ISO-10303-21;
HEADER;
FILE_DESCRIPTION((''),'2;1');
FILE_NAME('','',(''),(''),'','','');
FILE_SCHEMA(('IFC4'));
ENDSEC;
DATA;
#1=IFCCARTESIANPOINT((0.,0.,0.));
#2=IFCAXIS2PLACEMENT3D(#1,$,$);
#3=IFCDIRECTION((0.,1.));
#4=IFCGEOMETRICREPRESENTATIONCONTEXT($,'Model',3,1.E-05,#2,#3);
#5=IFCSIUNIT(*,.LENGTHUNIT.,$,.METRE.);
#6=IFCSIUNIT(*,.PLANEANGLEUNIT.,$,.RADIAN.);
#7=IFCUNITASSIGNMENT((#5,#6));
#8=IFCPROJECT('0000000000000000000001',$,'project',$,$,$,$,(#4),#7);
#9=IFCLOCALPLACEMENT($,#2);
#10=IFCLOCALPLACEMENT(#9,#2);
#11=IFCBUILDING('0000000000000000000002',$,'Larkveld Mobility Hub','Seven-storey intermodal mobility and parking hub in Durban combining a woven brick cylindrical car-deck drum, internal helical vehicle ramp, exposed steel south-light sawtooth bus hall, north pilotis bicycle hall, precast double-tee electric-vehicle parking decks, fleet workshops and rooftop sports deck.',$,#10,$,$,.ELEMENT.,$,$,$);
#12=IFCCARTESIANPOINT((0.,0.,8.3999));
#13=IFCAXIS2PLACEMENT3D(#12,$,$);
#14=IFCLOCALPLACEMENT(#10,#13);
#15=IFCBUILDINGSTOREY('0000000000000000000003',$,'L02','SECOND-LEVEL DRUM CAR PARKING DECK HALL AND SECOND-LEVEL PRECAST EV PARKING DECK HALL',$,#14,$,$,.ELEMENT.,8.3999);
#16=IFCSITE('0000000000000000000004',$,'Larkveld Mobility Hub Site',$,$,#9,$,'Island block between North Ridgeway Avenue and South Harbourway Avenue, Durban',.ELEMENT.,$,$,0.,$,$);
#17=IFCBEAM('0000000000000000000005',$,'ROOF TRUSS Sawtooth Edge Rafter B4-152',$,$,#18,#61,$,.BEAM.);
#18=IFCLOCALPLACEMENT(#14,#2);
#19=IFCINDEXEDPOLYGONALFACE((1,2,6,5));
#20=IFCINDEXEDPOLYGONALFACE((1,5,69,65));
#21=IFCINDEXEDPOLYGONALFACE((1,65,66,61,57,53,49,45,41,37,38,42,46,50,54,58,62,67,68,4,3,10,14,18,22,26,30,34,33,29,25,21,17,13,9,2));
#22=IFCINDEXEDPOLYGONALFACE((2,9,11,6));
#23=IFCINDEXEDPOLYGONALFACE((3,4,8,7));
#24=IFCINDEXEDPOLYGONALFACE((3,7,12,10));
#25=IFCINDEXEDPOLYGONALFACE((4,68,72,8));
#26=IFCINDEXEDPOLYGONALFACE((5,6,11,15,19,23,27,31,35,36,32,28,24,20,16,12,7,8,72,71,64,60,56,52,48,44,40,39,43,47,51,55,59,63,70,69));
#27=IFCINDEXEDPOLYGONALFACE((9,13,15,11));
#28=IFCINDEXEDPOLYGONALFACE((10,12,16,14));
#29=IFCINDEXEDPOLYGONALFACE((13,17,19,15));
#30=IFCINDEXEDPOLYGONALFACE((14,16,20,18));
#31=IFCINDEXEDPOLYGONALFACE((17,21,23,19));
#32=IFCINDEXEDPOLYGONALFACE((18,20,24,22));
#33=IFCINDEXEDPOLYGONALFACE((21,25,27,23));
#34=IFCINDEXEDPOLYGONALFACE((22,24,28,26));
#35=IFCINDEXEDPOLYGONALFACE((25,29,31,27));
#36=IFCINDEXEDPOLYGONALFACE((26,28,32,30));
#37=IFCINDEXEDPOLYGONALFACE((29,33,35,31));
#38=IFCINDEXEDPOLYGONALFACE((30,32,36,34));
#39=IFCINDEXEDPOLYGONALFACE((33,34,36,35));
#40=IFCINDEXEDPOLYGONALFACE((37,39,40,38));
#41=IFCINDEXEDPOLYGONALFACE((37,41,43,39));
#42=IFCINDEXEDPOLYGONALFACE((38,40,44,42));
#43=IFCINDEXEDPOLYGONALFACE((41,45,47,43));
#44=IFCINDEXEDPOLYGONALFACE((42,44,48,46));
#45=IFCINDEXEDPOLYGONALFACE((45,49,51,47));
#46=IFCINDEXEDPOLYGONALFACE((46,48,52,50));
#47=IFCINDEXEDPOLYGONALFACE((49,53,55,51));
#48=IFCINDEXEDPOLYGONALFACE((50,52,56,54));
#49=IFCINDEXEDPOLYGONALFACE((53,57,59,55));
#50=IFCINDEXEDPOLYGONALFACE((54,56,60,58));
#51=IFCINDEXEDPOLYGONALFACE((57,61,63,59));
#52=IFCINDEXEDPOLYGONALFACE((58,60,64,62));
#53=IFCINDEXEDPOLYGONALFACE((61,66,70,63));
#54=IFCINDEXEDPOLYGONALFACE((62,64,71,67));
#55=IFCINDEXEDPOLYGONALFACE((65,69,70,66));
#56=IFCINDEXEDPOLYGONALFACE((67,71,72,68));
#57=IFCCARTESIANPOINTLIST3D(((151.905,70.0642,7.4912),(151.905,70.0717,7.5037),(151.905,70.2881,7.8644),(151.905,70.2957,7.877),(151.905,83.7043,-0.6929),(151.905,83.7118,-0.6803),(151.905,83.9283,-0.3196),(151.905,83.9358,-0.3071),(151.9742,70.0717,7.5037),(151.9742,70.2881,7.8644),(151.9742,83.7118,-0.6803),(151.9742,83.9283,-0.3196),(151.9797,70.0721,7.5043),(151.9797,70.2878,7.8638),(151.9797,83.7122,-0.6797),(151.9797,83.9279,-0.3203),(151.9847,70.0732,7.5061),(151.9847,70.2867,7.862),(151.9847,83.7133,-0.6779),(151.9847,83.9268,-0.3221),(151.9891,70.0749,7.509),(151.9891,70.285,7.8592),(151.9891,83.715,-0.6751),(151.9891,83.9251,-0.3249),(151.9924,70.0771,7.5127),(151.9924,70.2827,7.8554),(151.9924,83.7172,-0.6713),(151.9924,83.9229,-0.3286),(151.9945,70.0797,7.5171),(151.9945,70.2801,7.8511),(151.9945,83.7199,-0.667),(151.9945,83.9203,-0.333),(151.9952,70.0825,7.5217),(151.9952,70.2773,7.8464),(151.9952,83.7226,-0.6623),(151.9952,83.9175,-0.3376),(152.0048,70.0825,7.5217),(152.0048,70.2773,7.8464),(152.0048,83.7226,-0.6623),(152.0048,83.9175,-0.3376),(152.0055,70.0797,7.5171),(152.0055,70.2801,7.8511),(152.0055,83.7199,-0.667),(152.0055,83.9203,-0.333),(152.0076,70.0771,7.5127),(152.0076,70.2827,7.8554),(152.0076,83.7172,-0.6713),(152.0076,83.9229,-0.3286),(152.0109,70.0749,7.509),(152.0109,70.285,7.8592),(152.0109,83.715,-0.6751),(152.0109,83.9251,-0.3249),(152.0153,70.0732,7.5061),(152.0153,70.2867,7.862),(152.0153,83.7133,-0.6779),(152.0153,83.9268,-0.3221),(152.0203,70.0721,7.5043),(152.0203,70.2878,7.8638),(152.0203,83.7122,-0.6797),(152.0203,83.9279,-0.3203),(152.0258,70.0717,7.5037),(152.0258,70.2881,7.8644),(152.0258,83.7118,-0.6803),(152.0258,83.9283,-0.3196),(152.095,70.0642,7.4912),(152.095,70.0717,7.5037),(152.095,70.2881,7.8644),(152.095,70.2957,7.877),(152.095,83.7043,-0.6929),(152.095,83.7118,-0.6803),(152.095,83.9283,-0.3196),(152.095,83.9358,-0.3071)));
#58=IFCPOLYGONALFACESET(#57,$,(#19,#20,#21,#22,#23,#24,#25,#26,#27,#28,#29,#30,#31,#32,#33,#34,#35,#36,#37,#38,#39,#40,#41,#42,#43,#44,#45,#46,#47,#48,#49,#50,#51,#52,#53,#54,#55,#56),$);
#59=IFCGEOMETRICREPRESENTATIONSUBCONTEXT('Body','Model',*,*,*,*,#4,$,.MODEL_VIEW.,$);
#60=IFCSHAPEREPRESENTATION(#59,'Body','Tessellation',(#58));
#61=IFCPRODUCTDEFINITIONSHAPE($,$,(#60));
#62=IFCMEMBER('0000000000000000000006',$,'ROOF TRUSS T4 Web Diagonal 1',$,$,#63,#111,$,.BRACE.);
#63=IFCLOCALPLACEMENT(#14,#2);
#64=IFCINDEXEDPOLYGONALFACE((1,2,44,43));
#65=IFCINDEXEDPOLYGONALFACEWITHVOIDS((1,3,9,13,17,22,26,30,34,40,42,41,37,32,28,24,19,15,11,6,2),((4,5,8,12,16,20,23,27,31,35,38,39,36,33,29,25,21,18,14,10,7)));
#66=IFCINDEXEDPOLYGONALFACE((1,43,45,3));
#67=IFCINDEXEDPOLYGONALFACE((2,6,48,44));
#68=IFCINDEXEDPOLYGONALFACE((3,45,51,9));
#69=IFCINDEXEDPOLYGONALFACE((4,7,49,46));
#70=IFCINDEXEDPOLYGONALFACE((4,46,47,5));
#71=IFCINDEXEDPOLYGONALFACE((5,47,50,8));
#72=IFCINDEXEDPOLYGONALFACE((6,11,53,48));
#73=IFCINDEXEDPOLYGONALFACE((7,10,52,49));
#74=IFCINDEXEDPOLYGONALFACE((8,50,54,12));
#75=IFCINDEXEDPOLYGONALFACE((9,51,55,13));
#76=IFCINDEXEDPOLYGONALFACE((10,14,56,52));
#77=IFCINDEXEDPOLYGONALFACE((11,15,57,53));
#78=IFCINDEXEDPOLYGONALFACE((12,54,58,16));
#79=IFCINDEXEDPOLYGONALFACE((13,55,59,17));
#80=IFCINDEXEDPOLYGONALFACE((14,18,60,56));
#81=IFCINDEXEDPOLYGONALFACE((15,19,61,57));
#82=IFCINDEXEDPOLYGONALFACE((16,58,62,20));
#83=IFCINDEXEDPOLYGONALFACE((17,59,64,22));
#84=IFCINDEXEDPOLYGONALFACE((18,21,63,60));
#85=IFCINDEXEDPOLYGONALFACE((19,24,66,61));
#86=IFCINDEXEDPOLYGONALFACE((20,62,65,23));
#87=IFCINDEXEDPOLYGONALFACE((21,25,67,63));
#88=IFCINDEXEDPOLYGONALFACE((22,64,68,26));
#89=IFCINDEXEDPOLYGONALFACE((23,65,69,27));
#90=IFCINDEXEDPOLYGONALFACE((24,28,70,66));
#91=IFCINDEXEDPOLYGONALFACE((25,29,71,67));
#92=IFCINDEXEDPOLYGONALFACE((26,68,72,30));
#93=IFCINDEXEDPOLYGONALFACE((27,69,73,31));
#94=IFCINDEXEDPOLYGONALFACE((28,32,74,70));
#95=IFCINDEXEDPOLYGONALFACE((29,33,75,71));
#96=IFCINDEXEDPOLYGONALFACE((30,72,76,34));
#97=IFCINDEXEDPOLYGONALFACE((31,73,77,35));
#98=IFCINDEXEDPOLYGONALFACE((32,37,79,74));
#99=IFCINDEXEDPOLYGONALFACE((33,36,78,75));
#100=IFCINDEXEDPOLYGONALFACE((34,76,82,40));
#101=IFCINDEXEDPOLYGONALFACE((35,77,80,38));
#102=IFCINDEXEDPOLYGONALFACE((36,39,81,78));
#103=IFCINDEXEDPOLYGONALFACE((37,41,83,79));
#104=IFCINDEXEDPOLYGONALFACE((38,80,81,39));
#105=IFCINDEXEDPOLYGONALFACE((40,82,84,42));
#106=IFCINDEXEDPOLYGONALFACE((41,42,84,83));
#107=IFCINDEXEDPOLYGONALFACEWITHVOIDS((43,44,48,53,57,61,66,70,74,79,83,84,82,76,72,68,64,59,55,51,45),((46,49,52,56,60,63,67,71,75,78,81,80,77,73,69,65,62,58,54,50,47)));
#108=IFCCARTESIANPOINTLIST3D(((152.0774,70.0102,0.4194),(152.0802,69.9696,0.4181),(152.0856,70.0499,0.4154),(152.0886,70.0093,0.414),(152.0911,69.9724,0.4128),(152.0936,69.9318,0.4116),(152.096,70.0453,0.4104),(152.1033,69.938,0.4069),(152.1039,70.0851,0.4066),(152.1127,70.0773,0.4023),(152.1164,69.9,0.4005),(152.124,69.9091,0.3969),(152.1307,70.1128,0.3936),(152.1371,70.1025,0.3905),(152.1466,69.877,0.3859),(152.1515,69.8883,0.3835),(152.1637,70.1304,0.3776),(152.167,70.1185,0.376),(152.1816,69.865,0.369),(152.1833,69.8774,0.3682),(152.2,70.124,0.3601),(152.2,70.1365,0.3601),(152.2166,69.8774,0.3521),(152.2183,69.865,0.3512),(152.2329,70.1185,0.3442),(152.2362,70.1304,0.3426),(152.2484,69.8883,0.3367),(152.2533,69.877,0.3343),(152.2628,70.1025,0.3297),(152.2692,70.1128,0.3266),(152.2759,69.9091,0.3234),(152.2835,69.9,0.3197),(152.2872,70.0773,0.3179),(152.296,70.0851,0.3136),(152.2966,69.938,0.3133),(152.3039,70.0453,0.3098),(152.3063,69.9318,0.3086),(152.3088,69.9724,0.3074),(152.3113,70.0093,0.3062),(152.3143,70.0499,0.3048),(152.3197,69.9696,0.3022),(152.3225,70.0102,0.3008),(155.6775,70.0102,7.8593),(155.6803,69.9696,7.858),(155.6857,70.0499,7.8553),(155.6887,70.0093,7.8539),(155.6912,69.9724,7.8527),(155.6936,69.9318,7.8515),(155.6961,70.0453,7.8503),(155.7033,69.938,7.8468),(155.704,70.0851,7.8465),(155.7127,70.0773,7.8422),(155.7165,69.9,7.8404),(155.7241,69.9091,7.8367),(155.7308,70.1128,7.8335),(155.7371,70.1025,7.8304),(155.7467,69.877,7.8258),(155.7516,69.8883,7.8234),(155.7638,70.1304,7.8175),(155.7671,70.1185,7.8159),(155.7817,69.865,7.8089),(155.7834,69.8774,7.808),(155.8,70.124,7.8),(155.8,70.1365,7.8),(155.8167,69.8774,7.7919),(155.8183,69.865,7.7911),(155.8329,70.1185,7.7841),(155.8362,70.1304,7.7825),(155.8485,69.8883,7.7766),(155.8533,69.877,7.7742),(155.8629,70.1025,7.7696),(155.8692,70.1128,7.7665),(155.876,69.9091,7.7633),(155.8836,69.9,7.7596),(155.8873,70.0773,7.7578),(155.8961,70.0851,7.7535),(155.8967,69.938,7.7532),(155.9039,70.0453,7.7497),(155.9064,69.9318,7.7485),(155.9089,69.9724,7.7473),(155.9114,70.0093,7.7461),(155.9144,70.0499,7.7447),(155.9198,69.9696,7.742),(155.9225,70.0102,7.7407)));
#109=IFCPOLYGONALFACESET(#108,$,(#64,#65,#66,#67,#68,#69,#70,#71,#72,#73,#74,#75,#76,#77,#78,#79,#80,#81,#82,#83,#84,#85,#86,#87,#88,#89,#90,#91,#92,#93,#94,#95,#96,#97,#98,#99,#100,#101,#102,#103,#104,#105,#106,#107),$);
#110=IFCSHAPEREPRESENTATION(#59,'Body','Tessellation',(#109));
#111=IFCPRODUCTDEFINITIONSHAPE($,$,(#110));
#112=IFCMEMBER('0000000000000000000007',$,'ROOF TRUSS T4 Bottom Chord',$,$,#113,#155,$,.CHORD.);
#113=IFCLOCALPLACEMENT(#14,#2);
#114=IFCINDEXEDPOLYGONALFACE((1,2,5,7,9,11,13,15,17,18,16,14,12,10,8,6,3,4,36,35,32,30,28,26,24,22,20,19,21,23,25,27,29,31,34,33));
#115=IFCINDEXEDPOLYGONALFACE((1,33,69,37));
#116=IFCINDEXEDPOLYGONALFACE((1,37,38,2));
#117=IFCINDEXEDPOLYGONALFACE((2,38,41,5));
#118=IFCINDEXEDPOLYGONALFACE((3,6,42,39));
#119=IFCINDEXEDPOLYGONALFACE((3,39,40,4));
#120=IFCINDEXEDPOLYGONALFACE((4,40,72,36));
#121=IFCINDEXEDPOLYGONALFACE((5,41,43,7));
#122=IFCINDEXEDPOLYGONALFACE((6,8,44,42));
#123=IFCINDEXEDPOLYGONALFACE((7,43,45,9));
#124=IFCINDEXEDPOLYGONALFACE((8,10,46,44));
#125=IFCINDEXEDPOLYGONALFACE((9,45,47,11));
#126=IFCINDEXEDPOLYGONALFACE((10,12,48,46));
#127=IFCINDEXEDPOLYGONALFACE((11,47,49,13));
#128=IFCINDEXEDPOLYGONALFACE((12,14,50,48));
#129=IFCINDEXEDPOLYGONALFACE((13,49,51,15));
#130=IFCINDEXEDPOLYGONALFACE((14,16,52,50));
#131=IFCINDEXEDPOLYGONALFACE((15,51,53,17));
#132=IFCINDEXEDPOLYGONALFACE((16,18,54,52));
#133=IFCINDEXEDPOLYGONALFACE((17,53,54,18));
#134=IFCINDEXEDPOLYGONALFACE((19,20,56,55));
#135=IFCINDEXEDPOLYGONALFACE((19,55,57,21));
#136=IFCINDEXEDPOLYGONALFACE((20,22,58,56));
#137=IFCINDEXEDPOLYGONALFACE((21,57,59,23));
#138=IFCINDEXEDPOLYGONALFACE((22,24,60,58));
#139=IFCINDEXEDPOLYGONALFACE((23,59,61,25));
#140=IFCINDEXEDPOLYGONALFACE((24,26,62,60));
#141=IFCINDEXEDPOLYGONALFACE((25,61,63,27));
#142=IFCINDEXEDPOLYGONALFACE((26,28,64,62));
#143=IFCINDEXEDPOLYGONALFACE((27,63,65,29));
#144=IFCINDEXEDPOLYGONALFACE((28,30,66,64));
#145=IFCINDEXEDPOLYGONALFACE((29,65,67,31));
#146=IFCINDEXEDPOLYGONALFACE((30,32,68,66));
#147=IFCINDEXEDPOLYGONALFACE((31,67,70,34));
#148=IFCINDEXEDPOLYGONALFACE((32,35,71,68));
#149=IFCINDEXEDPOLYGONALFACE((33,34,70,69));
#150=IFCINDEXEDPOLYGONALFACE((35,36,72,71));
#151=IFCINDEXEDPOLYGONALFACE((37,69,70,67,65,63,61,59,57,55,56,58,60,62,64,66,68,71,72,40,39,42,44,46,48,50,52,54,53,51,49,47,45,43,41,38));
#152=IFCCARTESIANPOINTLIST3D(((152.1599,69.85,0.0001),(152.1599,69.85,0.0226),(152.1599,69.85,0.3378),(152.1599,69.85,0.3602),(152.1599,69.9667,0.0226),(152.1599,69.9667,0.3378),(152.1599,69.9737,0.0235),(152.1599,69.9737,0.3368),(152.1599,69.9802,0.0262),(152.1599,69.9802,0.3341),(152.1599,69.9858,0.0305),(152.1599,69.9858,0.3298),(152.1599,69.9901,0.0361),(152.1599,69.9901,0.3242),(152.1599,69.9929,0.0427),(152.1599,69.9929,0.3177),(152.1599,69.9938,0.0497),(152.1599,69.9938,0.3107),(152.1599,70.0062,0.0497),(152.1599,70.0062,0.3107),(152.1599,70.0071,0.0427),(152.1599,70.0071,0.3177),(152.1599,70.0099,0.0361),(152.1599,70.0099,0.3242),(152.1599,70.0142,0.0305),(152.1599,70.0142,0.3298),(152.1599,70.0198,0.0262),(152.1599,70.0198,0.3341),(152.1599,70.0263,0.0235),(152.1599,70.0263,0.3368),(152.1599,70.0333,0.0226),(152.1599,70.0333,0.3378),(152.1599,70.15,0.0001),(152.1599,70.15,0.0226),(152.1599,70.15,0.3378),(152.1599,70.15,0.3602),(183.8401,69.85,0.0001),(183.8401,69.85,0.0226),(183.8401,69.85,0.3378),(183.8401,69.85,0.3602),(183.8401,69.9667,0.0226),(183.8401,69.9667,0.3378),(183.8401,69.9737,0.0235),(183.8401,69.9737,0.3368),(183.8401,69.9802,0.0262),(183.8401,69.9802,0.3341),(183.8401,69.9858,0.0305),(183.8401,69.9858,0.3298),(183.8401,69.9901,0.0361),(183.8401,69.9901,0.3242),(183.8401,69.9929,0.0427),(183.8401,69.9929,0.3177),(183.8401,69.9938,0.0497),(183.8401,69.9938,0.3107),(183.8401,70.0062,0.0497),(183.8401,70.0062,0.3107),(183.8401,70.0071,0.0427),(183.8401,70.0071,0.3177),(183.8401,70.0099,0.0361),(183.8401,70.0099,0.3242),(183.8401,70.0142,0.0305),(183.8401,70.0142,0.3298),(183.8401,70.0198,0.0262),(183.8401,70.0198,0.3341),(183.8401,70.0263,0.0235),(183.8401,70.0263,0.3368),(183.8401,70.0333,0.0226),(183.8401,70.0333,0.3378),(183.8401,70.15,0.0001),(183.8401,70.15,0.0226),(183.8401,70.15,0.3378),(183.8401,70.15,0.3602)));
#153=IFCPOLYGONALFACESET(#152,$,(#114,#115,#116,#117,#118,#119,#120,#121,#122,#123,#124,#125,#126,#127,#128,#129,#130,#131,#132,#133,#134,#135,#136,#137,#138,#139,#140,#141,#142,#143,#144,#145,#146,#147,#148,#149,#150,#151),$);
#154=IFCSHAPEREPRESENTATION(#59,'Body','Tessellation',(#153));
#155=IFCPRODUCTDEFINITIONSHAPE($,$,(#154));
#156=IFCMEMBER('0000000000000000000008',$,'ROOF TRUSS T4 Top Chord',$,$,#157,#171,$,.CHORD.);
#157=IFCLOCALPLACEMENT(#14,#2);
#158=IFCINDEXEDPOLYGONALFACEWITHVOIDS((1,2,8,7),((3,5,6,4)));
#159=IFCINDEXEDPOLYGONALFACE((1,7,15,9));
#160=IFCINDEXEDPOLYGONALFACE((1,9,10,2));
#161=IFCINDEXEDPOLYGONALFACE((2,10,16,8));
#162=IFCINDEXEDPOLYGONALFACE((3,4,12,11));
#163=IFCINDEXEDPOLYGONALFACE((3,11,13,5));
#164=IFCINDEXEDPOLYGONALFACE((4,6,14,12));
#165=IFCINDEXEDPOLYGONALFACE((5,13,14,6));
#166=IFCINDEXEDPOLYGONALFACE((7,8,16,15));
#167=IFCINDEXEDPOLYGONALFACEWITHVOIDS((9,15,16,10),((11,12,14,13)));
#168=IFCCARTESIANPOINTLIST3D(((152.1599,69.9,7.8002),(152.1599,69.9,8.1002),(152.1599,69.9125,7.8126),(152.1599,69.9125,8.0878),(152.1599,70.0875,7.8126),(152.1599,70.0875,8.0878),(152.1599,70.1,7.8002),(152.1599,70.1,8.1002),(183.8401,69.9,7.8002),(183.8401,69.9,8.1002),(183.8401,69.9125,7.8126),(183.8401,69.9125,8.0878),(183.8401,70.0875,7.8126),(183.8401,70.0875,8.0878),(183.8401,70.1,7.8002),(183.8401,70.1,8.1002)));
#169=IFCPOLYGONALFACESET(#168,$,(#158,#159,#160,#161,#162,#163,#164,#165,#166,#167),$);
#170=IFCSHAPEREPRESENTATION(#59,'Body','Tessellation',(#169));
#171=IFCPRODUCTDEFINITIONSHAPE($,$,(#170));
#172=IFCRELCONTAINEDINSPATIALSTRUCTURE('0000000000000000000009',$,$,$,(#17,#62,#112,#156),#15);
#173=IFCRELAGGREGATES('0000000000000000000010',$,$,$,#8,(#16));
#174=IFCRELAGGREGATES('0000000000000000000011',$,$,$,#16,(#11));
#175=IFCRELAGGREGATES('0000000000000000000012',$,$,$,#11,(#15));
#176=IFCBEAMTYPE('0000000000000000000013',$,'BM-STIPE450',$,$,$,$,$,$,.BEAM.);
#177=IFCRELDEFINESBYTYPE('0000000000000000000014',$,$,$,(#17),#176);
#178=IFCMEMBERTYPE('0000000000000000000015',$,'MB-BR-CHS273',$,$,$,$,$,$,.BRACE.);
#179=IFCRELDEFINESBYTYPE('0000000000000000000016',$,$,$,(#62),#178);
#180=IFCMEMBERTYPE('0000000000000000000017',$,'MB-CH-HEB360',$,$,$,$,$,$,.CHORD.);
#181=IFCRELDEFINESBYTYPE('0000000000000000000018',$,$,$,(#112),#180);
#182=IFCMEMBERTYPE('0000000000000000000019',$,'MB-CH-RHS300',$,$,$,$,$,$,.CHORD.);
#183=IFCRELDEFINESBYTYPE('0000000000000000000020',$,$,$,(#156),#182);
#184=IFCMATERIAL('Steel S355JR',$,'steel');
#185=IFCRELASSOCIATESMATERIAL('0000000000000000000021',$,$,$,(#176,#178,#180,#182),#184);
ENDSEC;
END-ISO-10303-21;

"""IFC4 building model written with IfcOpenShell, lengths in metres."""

from ifc_helpers import new_model, si_unit, direction, frame, origin, origin_2d, place, context, subcontext, project, spatial, hollow_rectangle, hollow_circle, i_section, extrude, material, material_profile, profile_set, type_object, element, save


model = new_model("IFC4")

# Units and contexts
model_context = context("Model", 3, precision=1e-05, world=origin(), true_north=direction((0.0, 1.0)))
body_context = subcontext(model_context, "Body", "Model", "MODEL_VIEW")
ifc_project = project(units=[si_unit("LENGTHUNIT", "METRE"), si_unit("PLANEANGLEUNIT", "RADIAN")], contexts=[model_context])

# Site, building, storey
site_placement = place(None, origin())
site = spatial("IfcSite", under=ifc_project, at=site_placement, Name="Larkveld Mobility Hub Site", LongName="Island block between North Ridgeway Avenue and South Harbourway Avenue, Durban", CompositionType="ELEMENT", RefElevation=0.0)
building_placement = place(site_placement, origin())
building = spatial("IfcBuilding", under=site, at=building_placement, Name="Larkveld Mobility Hub", Description="Seven-storey intermodal mobility and parking hub in Durban combining a woven brick cylindrical car-deck drum, internal helical vehicle ramp, exposed steel south-light sawtooth bus hall, north pilotis bicycle hall, precast double-tee electric-vehicle parking decks, fleet workshops and rooftop sports deck.", CompositionType="ELEMENT")
storey_placement = place(building_placement, frame((0.0, 0.0, 8.3999)))
storey = spatial("IfcBuildingStorey", under=building, at=storey_placement, Name="L02", Description="SECOND-LEVEL DRUM CAR PARKING DECK HALL AND SECOND-LEVEL PRECAST EV PARKING DECK HALL", CompositionType="ELEMENT", Elevation=8.3999)

# Beam
ifc_material_1 = material(Name="Steel S355JR", Category="steel")
ifc_material_profile_1 = material_profile(ifc_material_1, i_section(OverallWidth=0.1899, OverallDepth=0.45, WebThickness=0.0095, FlangeThickness=0.0146, FilletRadius=0.021, at=origin_2d()), Name="IPE 450")
ifc_profile_set_1 = profile_set([ifc_material_profile_1], Name="Steel S355JR")
beam_type_1 = type_object("IfcBeamType", Name="BM-STIPE450", PredefinedType="BEAM", material=ifc_profile_set_1)
beam_1_placement = place(storey_placement, frame((152.0, 70.1799, 7.6841), z_axis=(0.0, 0.857493, -0.514496), x_axis=(-1.0, 0.0, 0.0)))
element("IfcBeam", 1, at=beam_1_placement, inside=storey, type_object=beam_type_1, Name="ROOF TRUSS Sawtooth Edge Rafter B4-152", PredefinedType="BEAM", context=body_context, shape_type="SweptSolid", body=[
    extrude(i_section(OverallWidth=0.1899, OverallDepth=0.45, WebThickness=0.0095, FlangeThickness=0.0146, FilletRadius=0.021, at=origin_2d()), origin(), (0.0, 0.0, 1.0), 15.907),
])

# Members
ifc_material_profile_2 = material_profile(ifc_material_1, hollow_circle(Radius=0.1365, WallThickness=0.0125, at=origin_2d()), Name="CHS 273x12.5")
ifc_profile_set_2 = profile_set([ifc_material_profile_2], Name="Steel S355JR")
member_type_1 = type_object("IfcMemberType", Name="MB-BR-CHS273", PredefinedType="BRACE", material=ifc_profile_set_2)
member_1_placement = place(storey_placement, frame((152.2, 70.0, 0.3601), z_axis=(0.435573, 0.0, 0.900153), x_axis=(0.0, 1.0, 0.0)))
element("IfcMember", 2, at=member_1_placement, inside=storey, type_object=member_type_1, Name="ROOF TRUSS T4 Web Diagonal 1", PredefinedType="BRACE", context=body_context, shape_type="SweptSolid", body=[
    extrude(hollow_circle(Radius=0.1365, WallThickness=0.0125, at=origin_2d()), origin(), (0.0, 0.0, 1.0), 8.2651),
])
ifc_material_profile_3 = material_profile(ifc_material_1, i_section(OverallWidth=0.3, OverallDepth=0.3601, WebThickness=0.0125, FlangeThickness=0.0225, FilletRadius=0.0271, at=origin_2d()), Name="HEB 360")
ifc_profile_set_3 = profile_set([ifc_material_profile_3], Name="Steel S355JR")
member_type_2 = type_object("IfcMemberType", Name="MB-CH-HEB360", PredefinedType="CHORD", material=ifc_profile_set_3)
member_2_placement = place(storey_placement, frame((152.1599, 70.0, 0.1802), z_axis=(1.0, 0.0, 0.0), x_axis=(0.0, 1.0, 0.0)))
element("IfcMember", 3, at=member_2_placement, inside=storey, type_object=member_type_2, Name="ROOF TRUSS T4 Bottom Chord", PredefinedType="CHORD", context=body_context, shape_type="SweptSolid", body=[
    extrude(i_section(OverallWidth=0.3, OverallDepth=0.3601, WebThickness=0.0125, FlangeThickness=0.0225, FilletRadius=0.0271, at=origin_2d()), origin(), (0.0, 0.0, 1.0), 31.6802),
])
ifc_material_profile_4 = material_profile(ifc_material_1, hollow_rectangle(XDim=0.2, YDim=0.3, WallThickness=0.0125, at=origin_2d()), Name="RHS 300x200x12.5")
ifc_profile_set_4 = profile_set([ifc_material_profile_4], Name="Steel S355JR")
member_type_3 = type_object("IfcMemberType", Name="MB-CH-RHS300", PredefinedType="CHORD", material=ifc_profile_set_4)
member_3_placement = place(storey_placement, frame((152.1599, 70.0, 7.9502), z_axis=(1.0, 0.0, 0.0), x_axis=(0.0, 1.0, 0.0)))
element("IfcMember", 4, at=member_3_placement, inside=storey, type_object=member_type_3, Name="ROOF TRUSS T4 Top Chord", PredefinedType="CHORD", context=body_context, shape_type="SweptSolid", body=[
    extrude(hollow_rectangle(XDim=0.2, YDim=0.3, WallThickness=0.0125, at=origin_2d()), origin(), (0.0, 0.0, 1.0), 31.6802),
])

save(model, "model.ifc")
